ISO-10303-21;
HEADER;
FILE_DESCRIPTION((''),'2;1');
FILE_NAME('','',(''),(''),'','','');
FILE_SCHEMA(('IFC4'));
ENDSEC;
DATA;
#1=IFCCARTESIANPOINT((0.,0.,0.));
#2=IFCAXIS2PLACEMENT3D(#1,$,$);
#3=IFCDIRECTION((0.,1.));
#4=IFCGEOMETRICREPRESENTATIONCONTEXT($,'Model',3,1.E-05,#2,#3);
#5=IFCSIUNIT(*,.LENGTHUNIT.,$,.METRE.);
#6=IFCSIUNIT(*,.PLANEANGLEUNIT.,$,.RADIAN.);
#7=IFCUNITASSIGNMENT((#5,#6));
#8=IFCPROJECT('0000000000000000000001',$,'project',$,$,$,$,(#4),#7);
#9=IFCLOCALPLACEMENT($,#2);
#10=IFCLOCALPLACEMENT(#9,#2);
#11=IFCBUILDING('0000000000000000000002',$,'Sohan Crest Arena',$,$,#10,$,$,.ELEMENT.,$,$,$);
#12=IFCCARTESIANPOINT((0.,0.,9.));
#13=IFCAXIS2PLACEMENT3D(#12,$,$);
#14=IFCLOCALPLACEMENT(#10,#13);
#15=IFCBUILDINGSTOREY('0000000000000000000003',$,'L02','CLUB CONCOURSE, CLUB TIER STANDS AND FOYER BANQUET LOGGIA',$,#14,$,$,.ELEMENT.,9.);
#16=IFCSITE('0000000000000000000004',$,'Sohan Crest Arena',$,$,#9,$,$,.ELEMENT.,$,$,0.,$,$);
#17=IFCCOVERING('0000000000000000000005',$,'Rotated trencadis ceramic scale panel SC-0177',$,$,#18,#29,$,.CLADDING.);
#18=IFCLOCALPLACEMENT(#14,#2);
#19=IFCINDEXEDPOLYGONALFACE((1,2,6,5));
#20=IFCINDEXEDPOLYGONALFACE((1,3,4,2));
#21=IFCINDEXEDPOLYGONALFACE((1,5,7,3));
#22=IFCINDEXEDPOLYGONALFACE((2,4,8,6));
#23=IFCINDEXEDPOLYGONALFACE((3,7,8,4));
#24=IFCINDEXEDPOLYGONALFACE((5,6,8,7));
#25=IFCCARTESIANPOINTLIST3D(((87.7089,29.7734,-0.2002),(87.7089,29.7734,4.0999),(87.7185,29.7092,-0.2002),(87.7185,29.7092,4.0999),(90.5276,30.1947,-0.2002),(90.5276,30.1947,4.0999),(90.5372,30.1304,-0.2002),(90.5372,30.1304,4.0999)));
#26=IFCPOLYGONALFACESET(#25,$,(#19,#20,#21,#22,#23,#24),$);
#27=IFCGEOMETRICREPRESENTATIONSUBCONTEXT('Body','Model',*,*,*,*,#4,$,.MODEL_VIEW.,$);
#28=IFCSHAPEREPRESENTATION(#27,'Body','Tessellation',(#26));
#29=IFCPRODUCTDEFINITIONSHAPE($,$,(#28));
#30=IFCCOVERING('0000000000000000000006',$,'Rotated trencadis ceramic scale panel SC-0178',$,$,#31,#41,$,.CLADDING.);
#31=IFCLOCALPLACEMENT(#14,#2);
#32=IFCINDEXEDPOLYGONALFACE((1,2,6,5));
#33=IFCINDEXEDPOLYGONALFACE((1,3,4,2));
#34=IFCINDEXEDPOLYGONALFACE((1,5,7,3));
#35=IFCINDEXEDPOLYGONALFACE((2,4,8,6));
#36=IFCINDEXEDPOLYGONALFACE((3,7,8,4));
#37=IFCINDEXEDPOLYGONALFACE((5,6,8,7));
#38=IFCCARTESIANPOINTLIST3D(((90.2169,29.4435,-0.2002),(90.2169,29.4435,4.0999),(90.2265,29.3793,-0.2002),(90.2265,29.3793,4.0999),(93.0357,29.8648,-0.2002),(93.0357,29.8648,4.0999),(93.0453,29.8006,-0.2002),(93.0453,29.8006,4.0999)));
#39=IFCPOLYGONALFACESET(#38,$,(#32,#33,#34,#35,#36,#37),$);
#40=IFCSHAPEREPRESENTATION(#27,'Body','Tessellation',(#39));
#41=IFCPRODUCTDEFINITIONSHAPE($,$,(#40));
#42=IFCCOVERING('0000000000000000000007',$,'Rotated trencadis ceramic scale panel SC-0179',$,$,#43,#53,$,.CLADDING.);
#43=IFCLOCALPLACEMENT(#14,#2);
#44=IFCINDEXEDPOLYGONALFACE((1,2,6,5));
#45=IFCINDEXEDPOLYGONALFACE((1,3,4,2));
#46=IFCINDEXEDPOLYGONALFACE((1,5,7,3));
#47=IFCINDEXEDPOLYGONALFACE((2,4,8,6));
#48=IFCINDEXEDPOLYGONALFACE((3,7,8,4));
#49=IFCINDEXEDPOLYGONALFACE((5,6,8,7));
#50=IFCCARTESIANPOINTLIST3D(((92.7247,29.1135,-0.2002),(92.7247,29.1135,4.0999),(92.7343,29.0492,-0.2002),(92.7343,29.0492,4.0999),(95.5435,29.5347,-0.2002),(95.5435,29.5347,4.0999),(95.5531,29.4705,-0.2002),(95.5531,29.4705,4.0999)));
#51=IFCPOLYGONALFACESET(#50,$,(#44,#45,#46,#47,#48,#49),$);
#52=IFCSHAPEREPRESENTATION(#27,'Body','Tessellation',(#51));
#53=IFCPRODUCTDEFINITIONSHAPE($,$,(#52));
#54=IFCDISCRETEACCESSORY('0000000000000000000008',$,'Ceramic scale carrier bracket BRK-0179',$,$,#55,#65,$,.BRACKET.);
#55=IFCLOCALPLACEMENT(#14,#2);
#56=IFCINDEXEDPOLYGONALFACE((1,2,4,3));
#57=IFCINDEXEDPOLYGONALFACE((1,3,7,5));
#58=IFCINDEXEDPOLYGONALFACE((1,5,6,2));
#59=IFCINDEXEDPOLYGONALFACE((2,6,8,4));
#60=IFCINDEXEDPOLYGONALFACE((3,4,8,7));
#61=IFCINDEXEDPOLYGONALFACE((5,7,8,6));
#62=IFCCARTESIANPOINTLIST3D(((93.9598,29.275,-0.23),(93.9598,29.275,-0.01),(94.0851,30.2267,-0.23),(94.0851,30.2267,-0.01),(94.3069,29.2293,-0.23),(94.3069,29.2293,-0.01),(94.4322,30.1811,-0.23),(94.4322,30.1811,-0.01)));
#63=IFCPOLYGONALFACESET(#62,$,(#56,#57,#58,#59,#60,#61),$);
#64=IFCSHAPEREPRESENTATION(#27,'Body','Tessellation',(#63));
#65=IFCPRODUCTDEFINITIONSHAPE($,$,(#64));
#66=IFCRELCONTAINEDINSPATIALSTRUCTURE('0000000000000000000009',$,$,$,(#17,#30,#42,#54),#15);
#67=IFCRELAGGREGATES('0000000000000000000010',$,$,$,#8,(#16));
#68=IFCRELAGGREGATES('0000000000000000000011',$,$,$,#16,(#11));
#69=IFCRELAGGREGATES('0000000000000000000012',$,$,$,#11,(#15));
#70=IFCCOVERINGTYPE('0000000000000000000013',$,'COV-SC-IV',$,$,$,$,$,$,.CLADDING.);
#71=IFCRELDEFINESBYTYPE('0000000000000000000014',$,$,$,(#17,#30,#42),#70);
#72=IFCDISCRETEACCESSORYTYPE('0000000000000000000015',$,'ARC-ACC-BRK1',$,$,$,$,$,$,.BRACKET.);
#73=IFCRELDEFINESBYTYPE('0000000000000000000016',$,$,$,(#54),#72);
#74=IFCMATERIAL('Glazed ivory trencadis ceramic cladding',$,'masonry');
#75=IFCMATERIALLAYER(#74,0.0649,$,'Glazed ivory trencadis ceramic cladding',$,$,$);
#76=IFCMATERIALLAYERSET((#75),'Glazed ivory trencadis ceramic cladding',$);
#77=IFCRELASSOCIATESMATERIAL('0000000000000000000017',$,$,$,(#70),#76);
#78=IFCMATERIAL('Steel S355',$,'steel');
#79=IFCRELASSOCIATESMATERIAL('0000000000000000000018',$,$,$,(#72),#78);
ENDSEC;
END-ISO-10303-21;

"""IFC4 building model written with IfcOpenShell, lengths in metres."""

from ifc_helpers import new_model, si_unit, direction, frame, origin, origin_2d, place, context, subcontext, project, spatial, rectangle, extrude, material, layer, layer_set, type_object, element, save


model = new_model("IFC4")

# Units and contexts
model_context = context("Model", 3, precision=1e-05, world=origin(), true_north=direction((0.0, 1.0)))
body_context = subcontext(model_context, "Body", "Model", "MODEL_VIEW")
ifc_project = project(units=[si_unit("LENGTHUNIT", "METRE"), si_unit("PLANEANGLEUNIT", "RADIAN")], contexts=[model_context])

# Site, building, storey
site_placement = place(None, origin())
site = spatial("IfcSite", under=ifc_project, at=site_placement, Name="Sohan Crest Arena", CompositionType="ELEMENT", RefElevation=0.0)
building_placement = place(site_placement, origin())
building = spatial("IfcBuilding", under=site, at=building_placement, Name="Sohan Crest Arena", CompositionType="ELEMENT")
storey_placement = place(building_placement, frame((0.0, 0.0, 9.0)))
storey = spatial("IfcBuildingStorey", under=building, at=storey_placement, Name="L02", Description="CLUB CONCOURSE, CLUB TIER STANDS AND FOYER BANQUET LOGGIA", CompositionType="ELEMENT", Elevation=9.0)

# Shared definitions
ifc_material_1 = material(Name="Steel S355", Category="steel")

# Coverings
ifc_material_2 = material(Name="Glazed ivory trencadis ceramic cladding", Category="masonry")
ifc_layer_1 = layer(ifc_material_2, 0.0649, Name="Glazed ivory trencadis ceramic cladding")
ifc_layer_set_1 = layer_set([ifc_layer_1], Name="Glazed ivory trencadis ceramic cladding")
covering_type = type_object("IfcCoveringType", Name="COV-SC-IV", PredefinedType="CLADDING", material=ifc_layer_set_1)
for number, where, z_axis, x_axis, name in (
    (1, (89.123, 29.9519, -0.2002), (0.0, 0.0, 1.0), (0.989016, 0.147809, 0.0), "Rotated trencadis ceramic scale panel SC-0177"),
    (2, (91.6311, 29.6221, -0.2002), (0.0, 0.0, 1.0), (0.989016, 0.147809, 0.0), "Rotated trencadis ceramic scale panel SC-0178"),
    (3, (94.1389, 29.292, -0.2002), (0.0, 0.0, 1.0), (0.989016, 0.147809, 0.0), "Rotated trencadis ceramic scale panel SC-0179"),
):
    element("IfcCovering", number, at=place(storey_placement, frame(where, z_axis=z_axis, x_axis=x_axis)), inside=storey, type_object=covering_type, Name=name, PredefinedType="CLADDING", context=body_context, shape_type="SweptSolid", body=[
        extrude(rectangle(XDim=2.8501, YDim=0.0649, at=origin_2d()), origin(), (0.0, 0.0, 1.0), 4.3),
    ])

# Discrete accessory
discrete_accessory_type = type_object("IfcDiscreteAccessoryType", Name="ARC-ACC-BRK1", PredefinedType="BRACKET", material=ifc_material_1)
discrete_accessory_placement = place(storey_placement, frame((94.196, 29.728, -0.23), z_axis=(0.0, 0.0, 1.0), x_axis=(0.991445, -0.130526, 0.0)))
element("IfcDiscreteAccessory", 4, at=discrete_accessory_placement, inside=storey, type_object=discrete_accessory_type, Name="Ceramic scale carrier bracket BRK-0179", PredefinedType="BRACKET", context=body_context, shape_type="SweptSolid", body=[
    extrude(rectangle(XDim=0.3501, YDim=0.96, at=origin_2d()), origin(), (0.0, 0.0, 1.0), 0.22),
])

save(model, "model.ifc")
